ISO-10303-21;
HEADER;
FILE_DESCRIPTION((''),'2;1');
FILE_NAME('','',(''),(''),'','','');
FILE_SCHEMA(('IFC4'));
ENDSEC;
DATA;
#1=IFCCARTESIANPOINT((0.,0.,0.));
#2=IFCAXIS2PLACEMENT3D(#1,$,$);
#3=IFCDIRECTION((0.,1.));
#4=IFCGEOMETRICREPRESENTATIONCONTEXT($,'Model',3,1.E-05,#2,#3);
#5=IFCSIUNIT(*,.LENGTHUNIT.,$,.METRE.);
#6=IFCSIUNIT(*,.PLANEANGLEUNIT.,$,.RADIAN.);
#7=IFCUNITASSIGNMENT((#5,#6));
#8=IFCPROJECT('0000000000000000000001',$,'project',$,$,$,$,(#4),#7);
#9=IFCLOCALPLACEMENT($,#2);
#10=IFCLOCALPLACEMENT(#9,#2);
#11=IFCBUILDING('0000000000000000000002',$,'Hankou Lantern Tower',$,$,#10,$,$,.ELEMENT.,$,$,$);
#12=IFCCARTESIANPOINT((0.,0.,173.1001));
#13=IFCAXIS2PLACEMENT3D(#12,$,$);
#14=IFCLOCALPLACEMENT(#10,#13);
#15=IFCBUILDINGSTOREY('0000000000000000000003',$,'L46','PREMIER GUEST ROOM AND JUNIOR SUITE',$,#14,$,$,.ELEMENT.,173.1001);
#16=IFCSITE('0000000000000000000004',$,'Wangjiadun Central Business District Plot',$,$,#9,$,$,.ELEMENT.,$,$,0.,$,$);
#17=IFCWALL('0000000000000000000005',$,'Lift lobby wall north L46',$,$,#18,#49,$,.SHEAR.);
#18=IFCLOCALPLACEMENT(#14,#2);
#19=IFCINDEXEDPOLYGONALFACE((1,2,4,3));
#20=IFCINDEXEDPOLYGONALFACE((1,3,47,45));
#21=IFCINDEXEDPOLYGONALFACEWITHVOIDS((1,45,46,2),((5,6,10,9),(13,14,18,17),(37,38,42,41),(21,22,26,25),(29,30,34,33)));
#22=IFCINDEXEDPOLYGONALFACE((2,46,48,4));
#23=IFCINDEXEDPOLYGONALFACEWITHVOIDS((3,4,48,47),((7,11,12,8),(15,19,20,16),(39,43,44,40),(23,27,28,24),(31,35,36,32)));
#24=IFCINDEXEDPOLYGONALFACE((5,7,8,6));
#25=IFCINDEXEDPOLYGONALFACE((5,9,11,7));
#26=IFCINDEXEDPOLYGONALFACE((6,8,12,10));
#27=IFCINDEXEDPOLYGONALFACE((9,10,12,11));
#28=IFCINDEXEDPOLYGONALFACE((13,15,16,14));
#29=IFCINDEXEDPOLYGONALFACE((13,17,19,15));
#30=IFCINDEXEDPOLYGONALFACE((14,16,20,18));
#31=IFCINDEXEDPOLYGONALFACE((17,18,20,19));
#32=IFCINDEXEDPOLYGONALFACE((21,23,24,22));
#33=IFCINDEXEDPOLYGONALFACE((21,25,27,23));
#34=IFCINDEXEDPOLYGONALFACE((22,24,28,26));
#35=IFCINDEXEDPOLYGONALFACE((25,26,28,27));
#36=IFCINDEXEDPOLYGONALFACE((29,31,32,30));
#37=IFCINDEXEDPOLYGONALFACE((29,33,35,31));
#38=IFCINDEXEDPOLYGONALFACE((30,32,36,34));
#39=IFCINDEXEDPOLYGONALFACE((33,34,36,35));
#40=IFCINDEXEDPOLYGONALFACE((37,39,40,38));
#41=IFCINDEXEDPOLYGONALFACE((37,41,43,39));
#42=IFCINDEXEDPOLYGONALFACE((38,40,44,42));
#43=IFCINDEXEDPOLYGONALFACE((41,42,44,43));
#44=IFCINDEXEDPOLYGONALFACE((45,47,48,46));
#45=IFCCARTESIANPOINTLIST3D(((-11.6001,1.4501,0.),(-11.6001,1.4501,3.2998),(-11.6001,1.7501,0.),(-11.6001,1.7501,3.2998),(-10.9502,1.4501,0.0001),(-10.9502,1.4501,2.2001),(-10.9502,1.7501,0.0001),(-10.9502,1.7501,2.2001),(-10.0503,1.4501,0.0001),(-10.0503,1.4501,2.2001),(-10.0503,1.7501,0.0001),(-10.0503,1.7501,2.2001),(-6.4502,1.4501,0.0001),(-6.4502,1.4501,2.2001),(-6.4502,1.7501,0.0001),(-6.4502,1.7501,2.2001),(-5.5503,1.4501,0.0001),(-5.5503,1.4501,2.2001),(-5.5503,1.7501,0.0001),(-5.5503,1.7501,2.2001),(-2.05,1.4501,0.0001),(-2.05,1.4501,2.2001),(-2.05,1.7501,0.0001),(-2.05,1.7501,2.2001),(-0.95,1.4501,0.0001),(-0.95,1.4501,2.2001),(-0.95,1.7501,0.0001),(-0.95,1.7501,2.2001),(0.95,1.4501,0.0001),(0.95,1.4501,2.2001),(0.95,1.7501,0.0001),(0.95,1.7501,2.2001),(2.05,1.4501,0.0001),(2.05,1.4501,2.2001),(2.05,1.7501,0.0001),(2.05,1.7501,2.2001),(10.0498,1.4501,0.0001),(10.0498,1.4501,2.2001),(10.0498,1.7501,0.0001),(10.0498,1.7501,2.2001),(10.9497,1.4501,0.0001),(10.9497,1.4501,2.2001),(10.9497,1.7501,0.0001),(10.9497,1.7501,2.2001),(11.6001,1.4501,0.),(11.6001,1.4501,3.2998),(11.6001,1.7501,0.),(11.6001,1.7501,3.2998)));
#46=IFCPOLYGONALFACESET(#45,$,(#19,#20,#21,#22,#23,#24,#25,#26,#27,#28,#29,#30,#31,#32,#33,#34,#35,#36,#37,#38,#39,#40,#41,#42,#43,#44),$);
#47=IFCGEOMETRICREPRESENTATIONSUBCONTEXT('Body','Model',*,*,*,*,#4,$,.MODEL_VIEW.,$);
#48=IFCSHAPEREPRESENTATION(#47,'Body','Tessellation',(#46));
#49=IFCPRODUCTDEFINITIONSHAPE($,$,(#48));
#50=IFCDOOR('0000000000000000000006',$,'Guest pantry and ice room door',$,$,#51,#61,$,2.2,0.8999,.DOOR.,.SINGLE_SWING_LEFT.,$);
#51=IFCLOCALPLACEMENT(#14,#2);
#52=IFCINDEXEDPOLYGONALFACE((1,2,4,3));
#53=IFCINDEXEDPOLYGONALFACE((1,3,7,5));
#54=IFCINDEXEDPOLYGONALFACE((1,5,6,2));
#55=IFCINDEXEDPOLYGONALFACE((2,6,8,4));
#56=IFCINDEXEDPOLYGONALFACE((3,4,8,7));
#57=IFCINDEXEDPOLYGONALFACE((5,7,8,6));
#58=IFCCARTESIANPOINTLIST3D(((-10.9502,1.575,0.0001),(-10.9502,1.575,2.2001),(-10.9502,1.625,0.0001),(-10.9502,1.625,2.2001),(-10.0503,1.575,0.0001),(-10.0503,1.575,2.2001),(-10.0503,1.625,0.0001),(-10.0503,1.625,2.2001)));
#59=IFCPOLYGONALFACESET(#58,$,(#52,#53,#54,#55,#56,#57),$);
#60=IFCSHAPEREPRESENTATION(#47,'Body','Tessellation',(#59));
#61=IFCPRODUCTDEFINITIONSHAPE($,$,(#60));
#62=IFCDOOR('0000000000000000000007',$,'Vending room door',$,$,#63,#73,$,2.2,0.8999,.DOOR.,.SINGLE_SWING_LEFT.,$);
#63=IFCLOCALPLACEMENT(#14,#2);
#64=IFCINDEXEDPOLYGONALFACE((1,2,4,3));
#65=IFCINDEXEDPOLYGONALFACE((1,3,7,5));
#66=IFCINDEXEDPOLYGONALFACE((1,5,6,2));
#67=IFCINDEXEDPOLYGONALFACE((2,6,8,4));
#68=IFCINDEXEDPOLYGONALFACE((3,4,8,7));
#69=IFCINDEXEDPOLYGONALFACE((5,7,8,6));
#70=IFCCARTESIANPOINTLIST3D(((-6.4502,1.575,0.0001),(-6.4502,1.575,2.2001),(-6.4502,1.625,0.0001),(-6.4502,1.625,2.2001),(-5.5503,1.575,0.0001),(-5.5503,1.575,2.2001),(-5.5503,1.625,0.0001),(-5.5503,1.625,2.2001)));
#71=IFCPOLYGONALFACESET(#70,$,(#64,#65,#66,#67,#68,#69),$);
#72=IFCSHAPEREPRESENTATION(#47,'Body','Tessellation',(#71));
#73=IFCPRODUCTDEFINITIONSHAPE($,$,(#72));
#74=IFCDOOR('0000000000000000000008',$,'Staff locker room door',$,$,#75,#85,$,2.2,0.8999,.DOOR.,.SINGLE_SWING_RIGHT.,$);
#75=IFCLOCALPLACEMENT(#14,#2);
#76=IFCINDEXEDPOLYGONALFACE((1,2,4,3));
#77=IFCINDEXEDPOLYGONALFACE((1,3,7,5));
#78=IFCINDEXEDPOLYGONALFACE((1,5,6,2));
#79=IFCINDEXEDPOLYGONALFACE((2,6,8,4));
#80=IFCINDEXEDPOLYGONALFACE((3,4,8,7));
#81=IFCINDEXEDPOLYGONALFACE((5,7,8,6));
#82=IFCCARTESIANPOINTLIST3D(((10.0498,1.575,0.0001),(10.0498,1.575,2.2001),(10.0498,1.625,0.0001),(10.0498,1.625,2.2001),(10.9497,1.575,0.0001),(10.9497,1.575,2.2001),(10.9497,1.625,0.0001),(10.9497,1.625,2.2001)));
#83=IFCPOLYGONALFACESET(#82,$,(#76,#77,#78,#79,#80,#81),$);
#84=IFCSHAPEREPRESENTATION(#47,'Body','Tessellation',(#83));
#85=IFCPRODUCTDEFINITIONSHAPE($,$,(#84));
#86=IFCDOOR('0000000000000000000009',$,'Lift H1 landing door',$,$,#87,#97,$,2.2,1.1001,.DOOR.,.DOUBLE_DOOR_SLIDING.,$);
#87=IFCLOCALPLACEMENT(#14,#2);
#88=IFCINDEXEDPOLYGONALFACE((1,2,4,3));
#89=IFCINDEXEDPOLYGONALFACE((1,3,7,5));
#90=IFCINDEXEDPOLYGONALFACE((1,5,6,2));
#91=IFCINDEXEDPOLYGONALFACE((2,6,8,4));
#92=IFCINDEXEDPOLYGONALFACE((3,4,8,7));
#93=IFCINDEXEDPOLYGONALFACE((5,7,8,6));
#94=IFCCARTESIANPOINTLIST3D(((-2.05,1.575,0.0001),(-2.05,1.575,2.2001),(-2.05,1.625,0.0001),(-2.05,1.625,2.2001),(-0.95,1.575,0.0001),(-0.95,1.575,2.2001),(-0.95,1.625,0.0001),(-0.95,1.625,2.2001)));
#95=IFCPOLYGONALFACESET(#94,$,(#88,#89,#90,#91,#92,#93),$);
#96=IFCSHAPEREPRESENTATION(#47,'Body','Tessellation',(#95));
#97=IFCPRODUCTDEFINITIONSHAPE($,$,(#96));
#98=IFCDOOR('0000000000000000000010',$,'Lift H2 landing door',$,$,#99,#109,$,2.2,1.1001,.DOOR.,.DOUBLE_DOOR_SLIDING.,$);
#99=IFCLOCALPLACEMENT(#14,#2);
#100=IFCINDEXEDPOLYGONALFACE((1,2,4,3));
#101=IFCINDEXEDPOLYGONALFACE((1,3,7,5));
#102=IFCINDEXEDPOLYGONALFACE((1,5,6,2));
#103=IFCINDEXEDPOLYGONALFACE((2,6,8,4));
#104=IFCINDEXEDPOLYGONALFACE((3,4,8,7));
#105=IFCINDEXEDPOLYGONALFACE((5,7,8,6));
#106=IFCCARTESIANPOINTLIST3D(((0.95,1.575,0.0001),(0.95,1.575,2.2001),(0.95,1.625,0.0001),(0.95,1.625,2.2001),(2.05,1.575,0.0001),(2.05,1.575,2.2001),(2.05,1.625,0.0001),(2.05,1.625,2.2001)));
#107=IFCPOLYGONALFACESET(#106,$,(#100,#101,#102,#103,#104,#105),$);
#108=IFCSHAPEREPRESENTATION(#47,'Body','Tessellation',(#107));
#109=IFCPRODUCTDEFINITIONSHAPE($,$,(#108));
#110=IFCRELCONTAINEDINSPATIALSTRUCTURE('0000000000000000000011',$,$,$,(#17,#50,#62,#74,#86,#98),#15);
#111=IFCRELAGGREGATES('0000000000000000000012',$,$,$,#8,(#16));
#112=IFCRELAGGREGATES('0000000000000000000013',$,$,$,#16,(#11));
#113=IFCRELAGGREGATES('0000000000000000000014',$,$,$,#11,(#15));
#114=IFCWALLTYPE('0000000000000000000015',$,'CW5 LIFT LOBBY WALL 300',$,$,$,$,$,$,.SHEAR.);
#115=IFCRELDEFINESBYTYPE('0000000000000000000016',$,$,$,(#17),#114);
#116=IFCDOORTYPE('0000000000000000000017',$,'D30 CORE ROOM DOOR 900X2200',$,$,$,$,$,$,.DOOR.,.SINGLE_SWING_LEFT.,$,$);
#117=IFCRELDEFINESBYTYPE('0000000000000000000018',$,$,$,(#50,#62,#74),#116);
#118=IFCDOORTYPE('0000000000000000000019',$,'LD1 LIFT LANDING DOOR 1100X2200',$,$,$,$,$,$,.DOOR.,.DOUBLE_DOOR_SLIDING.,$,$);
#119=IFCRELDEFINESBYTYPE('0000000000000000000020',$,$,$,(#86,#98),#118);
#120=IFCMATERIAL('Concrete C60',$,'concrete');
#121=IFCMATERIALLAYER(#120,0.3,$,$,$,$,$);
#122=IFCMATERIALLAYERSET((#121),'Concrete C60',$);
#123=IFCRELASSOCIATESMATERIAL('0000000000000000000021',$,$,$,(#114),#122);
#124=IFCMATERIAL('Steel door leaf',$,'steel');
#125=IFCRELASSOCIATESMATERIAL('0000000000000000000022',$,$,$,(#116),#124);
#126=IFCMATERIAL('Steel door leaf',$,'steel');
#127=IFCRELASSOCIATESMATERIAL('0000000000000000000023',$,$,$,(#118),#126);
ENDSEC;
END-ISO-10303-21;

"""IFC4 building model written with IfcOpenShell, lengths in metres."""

from ifc_helpers import new_model, si_unit, direction, frame, frame_2d, origin, place, context, subcontext, project, spatial, rectangle, extrude, material, layer, layer_set, type_object, element, fill, save


model = new_model("IFC4")

# Units and contexts
model_context = context("Model", 3, precision=1e-05, world=origin(), true_north=direction((0.0, 1.0)))
body_context = subcontext(model_context, "Body", "Model", "MODEL_VIEW")
ifc_project = project(units=[si_unit("LENGTHUNIT", "METRE"), si_unit("PLANEANGLEUNIT", "RADIAN")], contexts=[model_context])

# Site, building, storey
site_placement = place(None, origin())
site = spatial("IfcSite", under=ifc_project, at=site_placement, Name="Wangjiadun Central Business District Plot", CompositionType="ELEMENT", RefElevation=0.0)
building_placement = place(site_placement, origin())
building = spatial("IfcBuilding", under=site, at=building_placement, Name="Hankou Lantern Tower", CompositionType="ELEMENT")
storey_placement = place(building_placement, frame((0.0, 0.0, 173.1001)))
storey = spatial("IfcBuildingStorey", under=building, at=storey_placement, Name="L46", Description="PREMIER GUEST ROOM AND JUNIOR SUITE", CompositionType="ELEMENT", Elevation=173.1001)

# Wall, openings, doors
ifc_material_1 = material(Name="Concrete C60", Category="concrete")
ifc_layer_1 = layer(ifc_material_1, 0.3)
ifc_layer_set_1 = layer_set([ifc_layer_1], Name="Concrete C60")
wall_type_1 = type_object("IfcWallType", Name="CW5 LIFT LOBBY WALL 300", PredefinedType="SHEAR", material=ifc_layer_set_1)
wall_1_placement = place(storey_placement, frame((-11.6001, 1.6001, 0.0), z_axis=(0.0, 0.0, 1.0), x_axis=(1.0, 0.0, 0.0)))
wall_1 = element("IfcWall", 1, at=wall_1_placement, inside=storey, type_object=wall_type_1, Name="Lift lobby wall north L46", PredefinedType="SHEAR", context=body_context, shape_type="SweptSolid", body=[
    extrude(rectangle(XDim=23.2002, YDim=0.3, at=frame_2d((11.6001, 0.0))), origin(), (0.0, 0.0, 1.0), 3.2998),
])
opening_1_placement = place(wall_1_placement, frame((9.55, 0.0, 0.0)))
opening_1 = element("IfcOpeningElement", 2, at=opening_1_placement, cuts=wall_1, PredefinedType="OPENING", context=body_context, shape_type="SweptSolid", body=[
    extrude(rectangle(XDim=1.1001, YDim=2.2, at=frame_2d((0.55, 1.1001))), frame((0.0, 0.1599, 0.0), z_axis=(0.0, -1.0, 0.0), x_axis=(1.0, 0.0, 0.0)), (0.0, 0.0, 1.0), 0.3201),
])
opening_2_placement = place(wall_1_placement, frame((12.55, 0.0, 0.0)))
opening_2 = element("IfcOpeningElement", 3, at=opening_2_placement, cuts=wall_1, PredefinedType="OPENING", context=body_context, shape_type="SweptSolid", body=[
    extrude(rectangle(XDim=1.1001, YDim=2.2, at=frame_2d((0.55, 1.1001))), frame((0.0, 0.1599, 0.0), z_axis=(0.0, -1.0, 0.0), x_axis=(1.0, 0.0, 0.0)), (0.0, 0.0, 1.0), 0.3201),
])
opening_3_placement = place(wall_1_placement, frame((0.6499, 0.0, 0.0)))
opening_3 = element("IfcOpeningElement", 4, at=opening_3_placement, cuts=wall_1, PredefinedType="OPENING", context=body_context, shape_type="SweptSolid", body=[
    extrude(rectangle(XDim=0.8999, YDim=2.2, at=frame_2d((0.45, 1.1001))), frame((0.0, 0.1599, 0.0), z_axis=(0.0, -1.0, 0.0), x_axis=(1.0, 0.0, 0.0)), (0.0, 0.0, 1.0), 0.3201),
])
opening_4_placement = place(wall_1_placement, frame((5.1499, 0.0, 0.0)))
opening_4 = element("IfcOpeningElement", 5, at=opening_4_placement, cuts=wall_1, PredefinedType="OPENING", context=body_context, shape_type="SweptSolid", body=[
    extrude(rectangle(XDim=0.8999, YDim=2.2, at=frame_2d((0.45, 1.1001))), frame((0.0, 0.1599, 0.0), z_axis=(0.0, -1.0, 0.0), x_axis=(1.0, 0.0, 0.0)), (0.0, 0.0, 1.0), 0.3201),
])
opening_5_placement = place(wall_1_placement, frame((21.6499, 0.0, 0.0)))
opening_5 = element("IfcOpeningElement", 6, at=opening_5_placement, cuts=wall_1, PredefinedType="OPENING", context=body_context, shape_type="SweptSolid", body=[
    extrude(rectangle(XDim=0.8999, YDim=2.2, at=frame_2d((0.45, 1.1001))), frame((0.0, 0.1599, 0.0), z_axis=(0.0, -1.0, 0.0), x_axis=(1.0, 0.0, 0.0)), (0.0, 0.0, 1.0), 0.3201),
])
ifc_material_2 = material(Name="Steel door leaf", Category="steel")
door_type_1 = type_object("IfcDoorType", Name="D30 CORE ROOM DOOR 900X2200", OperationType="SINGLE_SWING_LEFT", PredefinedType="DOOR", material=ifc_material_2)
door_1_placement = place(opening_3_placement, origin())
door_1 = element("IfcDoor", 7, at=door_1_placement, inside=storey, type_object=door_type_1, Name="Guest pantry and ice room door", OperationType="SINGLE_SWING_LEFT", OverallHeight=2.2, OverallWidth=0.8999, PredefinedType="DOOR", context=body_context, shape_type="SweptSolid", body=[
    extrude(rectangle(XDim=0.8999, YDim=2.2, at=frame_2d((0.45, 1.1001))), frame((0.0, 0.0249, 0.0), z_axis=(0.0, -1.0, 0.0), x_axis=(1.0, 0.0, 0.0)), (0.0, 0.0, 1.0), 0.05),
])
fill(opening_3, door_1)
door_2_placement = place(opening_4_placement, origin())
door_2 = element("IfcDoor", 8, at=door_2_placement, inside=storey, type_object=door_type_1, Name="Vending room door", OperationType="SINGLE_SWING_LEFT", OverallHeight=2.2, OverallWidth=0.8999, PredefinedType="DOOR", context=body_context, shape_type="SweptSolid", body=[
    extrude(rectangle(XDim=0.8999, YDim=2.2, at=frame_2d((0.45, 1.1001))), frame((0.0, 0.0249, 0.0), z_axis=(0.0, -1.0, 0.0), x_axis=(1.0, 0.0, 0.0)), (0.0, 0.0, 1.0), 0.05),
])
fill(opening_4, door_2)
door_3_placement = place(opening_5_placement, origin())
door_3 = element("IfcDoor", 9, at=door_3_placement, inside=storey, type_object=door_type_1, Name="Staff locker room door", OperationType="SINGLE_SWING_RIGHT", OverallHeight=2.2, OverallWidth=0.8999, PredefinedType="DOOR", context=body_context, shape_type="SweptSolid", body=[
    extrude(rectangle(XDim=0.8999, YDim=2.2, at=frame_2d((0.45, 1.1001))), frame((0.0, 0.0249, 0.0), z_axis=(0.0, -1.0, 0.0), x_axis=(1.0, 0.0, 0.0)), (0.0, 0.0, 1.0), 0.05),
])
fill(opening_5, door_3)
ifc_material_3 = material(Name="Steel door leaf", Category="steel")
door_type_2 = type_object("IfcDoorType", Name="LD1 LIFT LANDING DOOR 1100X2200", OperationType="DOUBLE_DOOR_SLIDING", PredefinedType="DOOR", material=ifc_material_3)
door_4_placement = place(opening_1_placement, origin())
door_4 = element("IfcDoor", 10, at=door_4_placement, inside=storey, type_object=door_type_2, Name="Lift H1 landing door", OperationType="DOUBLE_DOOR_SLIDING", OverallHeight=2.2, OverallWidth=1.1001, PredefinedType="DOOR", context=body_context, shape_type="SweptSolid", body=[
    extrude(rectangle(XDim=1.1001, YDim=2.2, at=frame_2d((0.55, 1.1001))), frame((0.0, 0.0249, 0.0), z_axis=(0.0, -1.0, 0.0), x_axis=(1.0, 0.0, 0.0)), (0.0, 0.0, 1.0), 0.05),
])
fill(opening_1, door_4)
door_5_placement = place(opening_2_placement, origin())
door_5 = element("IfcDoor", 11, at=door_5_placement, inside=storey, type_object=door_type_2, Name="Lift H2 landing door", OperationType="DOUBLE_DOOR_SLIDING", OverallHeight=2.2, OverallWidth=1.1001, PredefinedType="DOOR", context=body_context, shape_type="SweptSolid", body=[
    extrude(rectangle(XDim=1.1001, YDim=2.2, at=frame_2d((0.55, 1.1001))), frame((0.0, 0.0249, 0.0), z_axis=(0.0, -1.0, 0.0), x_axis=(1.0, 0.0, 0.0)), (0.0, 0.0, 1.0), 0.05),
])
fill(opening_2, door_5)

save(model, "model.ifc")
